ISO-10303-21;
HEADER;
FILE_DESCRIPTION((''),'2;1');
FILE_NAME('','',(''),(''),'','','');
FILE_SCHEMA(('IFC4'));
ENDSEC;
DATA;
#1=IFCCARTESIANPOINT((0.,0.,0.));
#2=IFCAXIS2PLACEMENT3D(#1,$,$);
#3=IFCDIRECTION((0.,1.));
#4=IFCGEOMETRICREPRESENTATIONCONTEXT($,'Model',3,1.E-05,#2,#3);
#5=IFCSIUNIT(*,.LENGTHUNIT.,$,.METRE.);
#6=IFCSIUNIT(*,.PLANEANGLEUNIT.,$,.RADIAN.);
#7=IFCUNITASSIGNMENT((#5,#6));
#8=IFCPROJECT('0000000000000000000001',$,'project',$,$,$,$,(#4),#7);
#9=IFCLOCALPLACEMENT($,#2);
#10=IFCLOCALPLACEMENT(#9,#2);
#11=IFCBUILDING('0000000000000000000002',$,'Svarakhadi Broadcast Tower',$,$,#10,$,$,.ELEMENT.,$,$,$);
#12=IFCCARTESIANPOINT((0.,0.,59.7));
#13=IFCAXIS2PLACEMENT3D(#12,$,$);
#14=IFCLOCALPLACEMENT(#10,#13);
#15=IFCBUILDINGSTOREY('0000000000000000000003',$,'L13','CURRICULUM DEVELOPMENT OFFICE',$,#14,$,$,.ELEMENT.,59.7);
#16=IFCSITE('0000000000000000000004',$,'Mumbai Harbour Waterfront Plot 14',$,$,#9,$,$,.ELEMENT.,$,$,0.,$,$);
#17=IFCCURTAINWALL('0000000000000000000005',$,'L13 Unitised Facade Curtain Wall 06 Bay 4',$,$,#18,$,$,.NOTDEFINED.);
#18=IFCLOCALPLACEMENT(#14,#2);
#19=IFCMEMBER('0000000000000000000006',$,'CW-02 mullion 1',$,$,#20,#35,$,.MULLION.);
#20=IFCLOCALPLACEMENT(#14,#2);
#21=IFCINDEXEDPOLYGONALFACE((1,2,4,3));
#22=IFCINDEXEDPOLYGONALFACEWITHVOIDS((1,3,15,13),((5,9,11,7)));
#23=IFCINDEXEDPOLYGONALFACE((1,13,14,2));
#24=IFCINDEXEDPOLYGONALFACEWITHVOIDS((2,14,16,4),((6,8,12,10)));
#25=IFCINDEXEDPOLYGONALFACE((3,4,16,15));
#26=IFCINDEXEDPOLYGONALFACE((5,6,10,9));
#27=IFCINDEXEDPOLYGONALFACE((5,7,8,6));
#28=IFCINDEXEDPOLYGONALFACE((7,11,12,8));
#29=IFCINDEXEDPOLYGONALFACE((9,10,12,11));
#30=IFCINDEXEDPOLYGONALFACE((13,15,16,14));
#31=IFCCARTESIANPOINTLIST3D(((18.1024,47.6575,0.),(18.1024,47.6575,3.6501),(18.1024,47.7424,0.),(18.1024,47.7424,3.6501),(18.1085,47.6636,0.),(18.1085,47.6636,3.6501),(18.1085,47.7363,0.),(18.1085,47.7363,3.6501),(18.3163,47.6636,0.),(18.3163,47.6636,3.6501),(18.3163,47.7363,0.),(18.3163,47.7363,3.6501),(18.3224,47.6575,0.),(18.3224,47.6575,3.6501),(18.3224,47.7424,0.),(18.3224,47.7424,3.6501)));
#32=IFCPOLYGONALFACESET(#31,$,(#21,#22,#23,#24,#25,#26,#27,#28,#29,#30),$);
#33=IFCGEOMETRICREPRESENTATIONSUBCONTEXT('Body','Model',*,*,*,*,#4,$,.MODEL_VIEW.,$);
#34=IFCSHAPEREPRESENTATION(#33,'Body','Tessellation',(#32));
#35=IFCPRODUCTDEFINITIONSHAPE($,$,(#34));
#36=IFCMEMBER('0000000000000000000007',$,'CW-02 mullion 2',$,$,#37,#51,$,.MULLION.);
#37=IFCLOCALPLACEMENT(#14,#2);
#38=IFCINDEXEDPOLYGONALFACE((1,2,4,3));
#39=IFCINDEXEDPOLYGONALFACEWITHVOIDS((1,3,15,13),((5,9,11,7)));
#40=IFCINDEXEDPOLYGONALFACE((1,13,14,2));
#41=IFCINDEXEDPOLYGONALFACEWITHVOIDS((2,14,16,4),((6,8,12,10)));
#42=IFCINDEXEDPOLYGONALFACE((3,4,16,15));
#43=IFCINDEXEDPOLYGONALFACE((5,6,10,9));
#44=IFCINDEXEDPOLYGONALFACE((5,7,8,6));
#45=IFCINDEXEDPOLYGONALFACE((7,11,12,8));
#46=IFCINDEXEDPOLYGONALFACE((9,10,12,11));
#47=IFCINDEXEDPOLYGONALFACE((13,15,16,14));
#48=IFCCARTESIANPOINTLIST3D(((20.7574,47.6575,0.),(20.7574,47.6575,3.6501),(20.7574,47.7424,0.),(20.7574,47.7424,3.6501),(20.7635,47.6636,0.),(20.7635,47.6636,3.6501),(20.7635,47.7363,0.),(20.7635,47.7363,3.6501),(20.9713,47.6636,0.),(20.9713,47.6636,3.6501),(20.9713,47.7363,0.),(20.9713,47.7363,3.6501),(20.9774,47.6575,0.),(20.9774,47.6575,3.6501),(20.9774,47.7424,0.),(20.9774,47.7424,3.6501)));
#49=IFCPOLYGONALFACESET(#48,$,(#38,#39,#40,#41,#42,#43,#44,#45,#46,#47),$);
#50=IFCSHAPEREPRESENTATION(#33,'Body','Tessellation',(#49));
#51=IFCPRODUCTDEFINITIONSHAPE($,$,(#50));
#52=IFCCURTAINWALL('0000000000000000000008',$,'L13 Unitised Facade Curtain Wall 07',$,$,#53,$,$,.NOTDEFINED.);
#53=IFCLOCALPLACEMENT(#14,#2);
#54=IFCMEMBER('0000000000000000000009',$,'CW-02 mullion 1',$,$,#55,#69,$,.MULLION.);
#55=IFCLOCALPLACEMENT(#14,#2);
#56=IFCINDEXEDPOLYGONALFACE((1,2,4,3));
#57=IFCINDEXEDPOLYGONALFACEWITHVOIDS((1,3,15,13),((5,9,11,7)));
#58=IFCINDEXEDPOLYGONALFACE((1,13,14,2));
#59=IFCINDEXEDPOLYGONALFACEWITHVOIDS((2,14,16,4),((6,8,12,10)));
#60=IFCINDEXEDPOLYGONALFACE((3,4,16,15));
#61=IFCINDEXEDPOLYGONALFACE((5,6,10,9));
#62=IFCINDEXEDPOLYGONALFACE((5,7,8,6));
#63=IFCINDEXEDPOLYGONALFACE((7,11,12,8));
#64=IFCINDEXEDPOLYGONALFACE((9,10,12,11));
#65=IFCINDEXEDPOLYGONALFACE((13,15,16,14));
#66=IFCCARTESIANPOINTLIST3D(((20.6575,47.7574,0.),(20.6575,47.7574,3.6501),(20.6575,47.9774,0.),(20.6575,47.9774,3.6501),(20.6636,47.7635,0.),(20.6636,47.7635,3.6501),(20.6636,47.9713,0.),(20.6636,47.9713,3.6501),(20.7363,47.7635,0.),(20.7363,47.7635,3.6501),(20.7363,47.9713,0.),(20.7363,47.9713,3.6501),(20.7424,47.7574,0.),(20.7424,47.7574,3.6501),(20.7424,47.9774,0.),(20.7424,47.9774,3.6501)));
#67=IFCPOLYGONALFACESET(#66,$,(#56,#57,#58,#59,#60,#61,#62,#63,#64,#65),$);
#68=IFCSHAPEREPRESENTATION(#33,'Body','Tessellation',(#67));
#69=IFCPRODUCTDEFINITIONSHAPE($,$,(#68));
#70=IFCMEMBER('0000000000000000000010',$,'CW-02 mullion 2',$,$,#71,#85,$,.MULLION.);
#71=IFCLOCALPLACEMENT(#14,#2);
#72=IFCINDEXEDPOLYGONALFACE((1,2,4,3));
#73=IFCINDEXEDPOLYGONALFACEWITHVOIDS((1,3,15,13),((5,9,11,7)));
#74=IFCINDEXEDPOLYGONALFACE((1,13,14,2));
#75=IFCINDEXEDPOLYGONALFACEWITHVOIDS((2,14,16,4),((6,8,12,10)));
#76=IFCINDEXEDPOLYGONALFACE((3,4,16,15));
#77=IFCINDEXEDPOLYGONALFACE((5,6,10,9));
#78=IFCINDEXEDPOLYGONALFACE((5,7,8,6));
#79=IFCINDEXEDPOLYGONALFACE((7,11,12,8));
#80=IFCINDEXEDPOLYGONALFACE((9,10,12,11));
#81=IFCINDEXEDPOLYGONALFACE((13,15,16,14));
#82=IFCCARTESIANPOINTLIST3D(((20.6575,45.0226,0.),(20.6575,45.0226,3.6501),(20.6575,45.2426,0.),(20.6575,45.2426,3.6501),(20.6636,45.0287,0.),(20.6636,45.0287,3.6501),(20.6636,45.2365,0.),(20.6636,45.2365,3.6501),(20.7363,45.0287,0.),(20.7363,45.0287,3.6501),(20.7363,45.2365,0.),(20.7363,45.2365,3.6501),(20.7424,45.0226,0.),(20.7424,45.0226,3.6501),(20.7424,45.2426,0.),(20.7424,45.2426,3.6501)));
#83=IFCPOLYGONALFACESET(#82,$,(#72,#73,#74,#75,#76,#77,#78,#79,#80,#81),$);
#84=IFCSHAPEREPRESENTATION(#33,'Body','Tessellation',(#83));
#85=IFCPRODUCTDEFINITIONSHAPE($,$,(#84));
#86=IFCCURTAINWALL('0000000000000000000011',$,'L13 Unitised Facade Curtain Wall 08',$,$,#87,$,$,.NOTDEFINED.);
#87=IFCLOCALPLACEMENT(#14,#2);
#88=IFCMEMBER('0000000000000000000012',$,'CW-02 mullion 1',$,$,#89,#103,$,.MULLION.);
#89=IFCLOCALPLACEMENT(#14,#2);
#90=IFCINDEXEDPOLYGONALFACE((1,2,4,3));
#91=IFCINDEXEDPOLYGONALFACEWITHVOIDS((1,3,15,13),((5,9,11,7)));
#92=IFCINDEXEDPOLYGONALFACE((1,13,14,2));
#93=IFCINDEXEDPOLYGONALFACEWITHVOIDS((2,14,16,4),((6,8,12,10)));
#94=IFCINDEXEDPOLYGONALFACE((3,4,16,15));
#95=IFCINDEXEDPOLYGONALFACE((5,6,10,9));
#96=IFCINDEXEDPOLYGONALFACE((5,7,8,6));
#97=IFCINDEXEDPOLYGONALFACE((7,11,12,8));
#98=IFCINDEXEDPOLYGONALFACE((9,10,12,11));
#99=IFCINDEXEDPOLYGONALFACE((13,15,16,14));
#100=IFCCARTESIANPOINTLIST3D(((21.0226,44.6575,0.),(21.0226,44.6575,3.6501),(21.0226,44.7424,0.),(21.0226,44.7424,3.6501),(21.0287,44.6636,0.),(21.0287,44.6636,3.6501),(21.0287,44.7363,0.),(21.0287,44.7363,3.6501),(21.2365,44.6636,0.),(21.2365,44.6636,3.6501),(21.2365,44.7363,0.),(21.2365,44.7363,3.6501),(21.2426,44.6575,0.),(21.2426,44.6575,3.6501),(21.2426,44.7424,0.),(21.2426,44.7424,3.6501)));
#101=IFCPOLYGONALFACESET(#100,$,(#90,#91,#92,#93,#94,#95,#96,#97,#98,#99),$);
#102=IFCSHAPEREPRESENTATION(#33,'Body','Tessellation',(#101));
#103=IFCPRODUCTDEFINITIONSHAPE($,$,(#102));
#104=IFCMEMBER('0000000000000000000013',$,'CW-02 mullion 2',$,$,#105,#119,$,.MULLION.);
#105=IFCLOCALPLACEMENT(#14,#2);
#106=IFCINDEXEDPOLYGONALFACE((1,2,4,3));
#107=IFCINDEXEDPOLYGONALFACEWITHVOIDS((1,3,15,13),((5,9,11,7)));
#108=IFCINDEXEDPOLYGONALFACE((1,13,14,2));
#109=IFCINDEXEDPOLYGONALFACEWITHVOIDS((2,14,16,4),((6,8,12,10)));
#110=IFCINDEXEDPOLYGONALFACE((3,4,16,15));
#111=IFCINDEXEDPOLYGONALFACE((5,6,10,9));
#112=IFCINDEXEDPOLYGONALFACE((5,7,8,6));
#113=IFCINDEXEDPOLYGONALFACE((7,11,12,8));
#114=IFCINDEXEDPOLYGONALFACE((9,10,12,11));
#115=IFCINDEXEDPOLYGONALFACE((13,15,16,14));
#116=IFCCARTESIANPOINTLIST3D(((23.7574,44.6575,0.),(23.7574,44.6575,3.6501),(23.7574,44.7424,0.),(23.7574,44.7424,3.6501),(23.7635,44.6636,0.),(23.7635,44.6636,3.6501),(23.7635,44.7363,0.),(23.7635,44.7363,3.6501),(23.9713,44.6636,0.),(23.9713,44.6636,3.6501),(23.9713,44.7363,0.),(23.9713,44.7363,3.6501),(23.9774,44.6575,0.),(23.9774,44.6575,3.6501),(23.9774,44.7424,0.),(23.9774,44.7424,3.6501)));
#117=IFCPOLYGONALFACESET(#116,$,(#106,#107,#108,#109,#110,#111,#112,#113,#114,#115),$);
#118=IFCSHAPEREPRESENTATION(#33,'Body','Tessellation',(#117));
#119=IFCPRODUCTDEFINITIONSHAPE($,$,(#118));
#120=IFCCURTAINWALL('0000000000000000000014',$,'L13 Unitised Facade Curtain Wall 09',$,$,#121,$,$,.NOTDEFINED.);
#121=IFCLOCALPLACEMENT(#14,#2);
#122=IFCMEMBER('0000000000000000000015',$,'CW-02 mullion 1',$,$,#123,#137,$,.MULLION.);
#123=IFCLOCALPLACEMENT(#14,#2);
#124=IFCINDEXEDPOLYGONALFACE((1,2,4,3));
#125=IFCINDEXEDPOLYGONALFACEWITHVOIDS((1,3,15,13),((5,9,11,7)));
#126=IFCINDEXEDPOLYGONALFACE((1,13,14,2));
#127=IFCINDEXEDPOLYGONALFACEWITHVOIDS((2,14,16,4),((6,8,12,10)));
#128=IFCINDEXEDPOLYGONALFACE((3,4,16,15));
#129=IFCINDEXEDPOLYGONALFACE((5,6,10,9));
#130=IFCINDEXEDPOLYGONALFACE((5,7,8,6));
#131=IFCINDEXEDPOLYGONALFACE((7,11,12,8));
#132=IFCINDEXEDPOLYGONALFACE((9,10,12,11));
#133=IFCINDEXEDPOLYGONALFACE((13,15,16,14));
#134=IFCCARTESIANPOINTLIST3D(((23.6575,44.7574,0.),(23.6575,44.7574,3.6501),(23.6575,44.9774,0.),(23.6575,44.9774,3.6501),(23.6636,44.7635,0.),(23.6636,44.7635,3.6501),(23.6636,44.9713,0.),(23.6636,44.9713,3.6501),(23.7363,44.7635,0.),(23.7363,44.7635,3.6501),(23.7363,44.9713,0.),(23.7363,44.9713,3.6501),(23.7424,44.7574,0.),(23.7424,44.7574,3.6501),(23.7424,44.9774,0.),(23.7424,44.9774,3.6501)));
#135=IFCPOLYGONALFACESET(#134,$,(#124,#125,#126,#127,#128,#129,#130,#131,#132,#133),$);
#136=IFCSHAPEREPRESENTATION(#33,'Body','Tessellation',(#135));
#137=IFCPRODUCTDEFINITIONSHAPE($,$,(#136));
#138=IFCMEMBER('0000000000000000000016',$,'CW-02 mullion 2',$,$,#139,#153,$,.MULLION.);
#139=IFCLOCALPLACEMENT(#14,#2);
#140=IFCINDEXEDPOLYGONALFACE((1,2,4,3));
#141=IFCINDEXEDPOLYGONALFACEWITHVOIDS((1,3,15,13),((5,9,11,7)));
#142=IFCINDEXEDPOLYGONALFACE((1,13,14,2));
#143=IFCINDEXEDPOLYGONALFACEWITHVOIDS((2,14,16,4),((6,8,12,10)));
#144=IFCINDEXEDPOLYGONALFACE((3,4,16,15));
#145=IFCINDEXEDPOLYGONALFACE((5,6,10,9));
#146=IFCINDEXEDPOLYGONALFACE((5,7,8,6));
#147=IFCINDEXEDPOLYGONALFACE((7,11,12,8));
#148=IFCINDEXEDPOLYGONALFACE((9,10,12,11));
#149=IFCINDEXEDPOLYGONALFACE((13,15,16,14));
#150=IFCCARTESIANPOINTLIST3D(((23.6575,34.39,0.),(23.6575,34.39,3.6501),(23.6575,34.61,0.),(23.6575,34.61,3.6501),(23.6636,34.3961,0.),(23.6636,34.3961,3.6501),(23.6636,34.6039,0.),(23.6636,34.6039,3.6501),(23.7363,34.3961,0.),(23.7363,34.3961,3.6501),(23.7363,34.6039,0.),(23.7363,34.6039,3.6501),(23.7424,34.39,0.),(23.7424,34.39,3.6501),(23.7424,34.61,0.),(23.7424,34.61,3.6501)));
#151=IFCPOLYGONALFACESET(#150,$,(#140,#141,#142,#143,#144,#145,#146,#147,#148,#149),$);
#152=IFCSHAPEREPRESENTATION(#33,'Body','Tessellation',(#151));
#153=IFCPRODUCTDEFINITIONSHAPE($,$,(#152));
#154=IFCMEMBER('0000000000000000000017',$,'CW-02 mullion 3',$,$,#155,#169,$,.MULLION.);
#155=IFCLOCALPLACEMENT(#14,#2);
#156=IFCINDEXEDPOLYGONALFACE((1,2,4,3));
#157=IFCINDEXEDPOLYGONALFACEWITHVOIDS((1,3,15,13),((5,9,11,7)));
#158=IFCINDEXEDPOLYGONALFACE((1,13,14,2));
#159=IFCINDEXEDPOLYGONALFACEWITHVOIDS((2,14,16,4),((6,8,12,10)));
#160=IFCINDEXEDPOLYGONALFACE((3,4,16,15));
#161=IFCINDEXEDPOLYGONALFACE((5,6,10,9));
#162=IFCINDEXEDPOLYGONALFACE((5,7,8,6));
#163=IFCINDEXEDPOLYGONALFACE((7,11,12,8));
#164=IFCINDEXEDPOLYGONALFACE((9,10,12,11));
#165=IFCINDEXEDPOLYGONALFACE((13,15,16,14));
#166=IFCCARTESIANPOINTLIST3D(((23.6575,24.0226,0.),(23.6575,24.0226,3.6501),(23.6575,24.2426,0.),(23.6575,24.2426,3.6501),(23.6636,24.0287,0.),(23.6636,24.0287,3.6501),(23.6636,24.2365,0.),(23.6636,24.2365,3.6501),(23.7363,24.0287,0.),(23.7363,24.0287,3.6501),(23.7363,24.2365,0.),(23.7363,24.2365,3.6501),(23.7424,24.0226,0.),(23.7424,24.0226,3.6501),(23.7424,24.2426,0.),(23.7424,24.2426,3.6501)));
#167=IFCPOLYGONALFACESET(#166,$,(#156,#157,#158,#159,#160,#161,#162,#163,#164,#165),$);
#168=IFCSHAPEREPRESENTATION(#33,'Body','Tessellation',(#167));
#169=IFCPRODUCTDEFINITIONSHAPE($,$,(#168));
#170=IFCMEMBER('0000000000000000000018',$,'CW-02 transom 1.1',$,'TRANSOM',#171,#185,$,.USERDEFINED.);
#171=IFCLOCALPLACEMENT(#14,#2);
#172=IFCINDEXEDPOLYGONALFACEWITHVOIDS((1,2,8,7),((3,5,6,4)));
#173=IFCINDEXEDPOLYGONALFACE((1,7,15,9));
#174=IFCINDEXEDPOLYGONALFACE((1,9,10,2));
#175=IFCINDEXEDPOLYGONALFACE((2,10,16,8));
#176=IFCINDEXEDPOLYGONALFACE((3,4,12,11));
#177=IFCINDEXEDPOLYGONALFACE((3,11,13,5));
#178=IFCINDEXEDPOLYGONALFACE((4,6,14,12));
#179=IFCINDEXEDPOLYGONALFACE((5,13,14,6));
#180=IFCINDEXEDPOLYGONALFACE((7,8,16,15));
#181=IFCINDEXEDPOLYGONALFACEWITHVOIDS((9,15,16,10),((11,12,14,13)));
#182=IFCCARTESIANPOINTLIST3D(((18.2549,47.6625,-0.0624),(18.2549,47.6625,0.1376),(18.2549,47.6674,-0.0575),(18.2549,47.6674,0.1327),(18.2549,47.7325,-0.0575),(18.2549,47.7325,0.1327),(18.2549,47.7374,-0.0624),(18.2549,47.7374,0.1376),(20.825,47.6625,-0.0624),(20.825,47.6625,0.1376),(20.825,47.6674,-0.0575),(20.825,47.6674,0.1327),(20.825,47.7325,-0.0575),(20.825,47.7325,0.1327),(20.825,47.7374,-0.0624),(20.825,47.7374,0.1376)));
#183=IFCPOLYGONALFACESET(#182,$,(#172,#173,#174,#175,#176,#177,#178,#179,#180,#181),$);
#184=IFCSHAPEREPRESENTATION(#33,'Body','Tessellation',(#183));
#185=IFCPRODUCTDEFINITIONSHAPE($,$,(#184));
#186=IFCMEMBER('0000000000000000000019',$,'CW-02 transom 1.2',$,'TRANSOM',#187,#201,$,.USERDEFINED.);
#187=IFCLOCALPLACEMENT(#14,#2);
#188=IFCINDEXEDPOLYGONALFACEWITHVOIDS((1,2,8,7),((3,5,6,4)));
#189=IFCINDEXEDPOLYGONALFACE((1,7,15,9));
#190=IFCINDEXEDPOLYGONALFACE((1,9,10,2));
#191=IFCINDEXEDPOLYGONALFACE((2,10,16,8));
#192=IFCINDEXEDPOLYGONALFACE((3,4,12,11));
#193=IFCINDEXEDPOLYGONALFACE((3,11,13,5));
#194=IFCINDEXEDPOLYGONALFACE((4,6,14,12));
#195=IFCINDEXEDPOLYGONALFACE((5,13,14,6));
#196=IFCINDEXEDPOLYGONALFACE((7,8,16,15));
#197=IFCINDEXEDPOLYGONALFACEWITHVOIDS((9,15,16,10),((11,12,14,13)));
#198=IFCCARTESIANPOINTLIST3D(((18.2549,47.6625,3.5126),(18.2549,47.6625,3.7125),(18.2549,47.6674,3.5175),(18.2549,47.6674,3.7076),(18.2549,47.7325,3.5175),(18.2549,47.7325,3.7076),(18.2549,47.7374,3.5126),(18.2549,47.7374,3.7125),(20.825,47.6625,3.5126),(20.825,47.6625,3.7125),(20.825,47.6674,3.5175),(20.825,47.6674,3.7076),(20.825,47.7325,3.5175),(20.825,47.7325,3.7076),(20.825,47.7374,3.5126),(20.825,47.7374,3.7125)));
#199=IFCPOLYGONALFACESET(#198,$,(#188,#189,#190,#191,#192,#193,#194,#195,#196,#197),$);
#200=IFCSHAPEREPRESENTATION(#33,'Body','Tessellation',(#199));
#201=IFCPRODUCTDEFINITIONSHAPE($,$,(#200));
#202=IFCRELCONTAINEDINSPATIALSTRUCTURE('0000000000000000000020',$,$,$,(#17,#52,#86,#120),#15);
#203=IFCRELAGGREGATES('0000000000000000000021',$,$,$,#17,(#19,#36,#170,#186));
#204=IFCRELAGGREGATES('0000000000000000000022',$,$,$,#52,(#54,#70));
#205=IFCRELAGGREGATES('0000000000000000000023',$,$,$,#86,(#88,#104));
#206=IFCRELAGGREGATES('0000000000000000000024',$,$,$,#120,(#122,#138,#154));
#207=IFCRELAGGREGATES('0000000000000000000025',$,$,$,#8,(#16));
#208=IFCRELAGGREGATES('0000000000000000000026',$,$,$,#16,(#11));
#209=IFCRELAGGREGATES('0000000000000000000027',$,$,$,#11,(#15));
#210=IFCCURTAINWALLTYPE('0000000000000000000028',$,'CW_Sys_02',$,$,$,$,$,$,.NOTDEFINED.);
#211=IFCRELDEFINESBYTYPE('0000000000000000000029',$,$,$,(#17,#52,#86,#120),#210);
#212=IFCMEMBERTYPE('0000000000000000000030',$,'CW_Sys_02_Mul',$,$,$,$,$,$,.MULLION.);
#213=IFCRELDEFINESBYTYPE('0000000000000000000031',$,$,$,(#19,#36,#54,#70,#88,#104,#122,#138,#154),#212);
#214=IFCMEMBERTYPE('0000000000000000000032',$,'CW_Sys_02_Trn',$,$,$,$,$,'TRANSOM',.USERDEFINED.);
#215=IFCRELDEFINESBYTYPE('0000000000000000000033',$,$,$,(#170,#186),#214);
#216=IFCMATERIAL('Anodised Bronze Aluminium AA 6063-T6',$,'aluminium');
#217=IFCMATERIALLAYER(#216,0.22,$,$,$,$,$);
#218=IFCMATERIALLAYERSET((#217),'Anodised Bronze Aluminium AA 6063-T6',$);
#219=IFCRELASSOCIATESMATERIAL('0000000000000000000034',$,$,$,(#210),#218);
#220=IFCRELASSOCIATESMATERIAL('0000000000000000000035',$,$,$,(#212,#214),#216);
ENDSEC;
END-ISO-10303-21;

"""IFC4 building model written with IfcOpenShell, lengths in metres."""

from ifc_helpers import new_model, si_unit, direction, frame, origin, origin_2d, place, context, subcontext, project, spatial, hollow_rectangle, extrude, material, layer, layer_set, material_profile, profile_set, type_object, element, aggregate, save


model = new_model("IFC4")

# Units and contexts
model_context = context("Model", 3, precision=1e-05, world=origin(), true_north=direction((0.0, 1.0)))
body_context = subcontext(model_context, "Body", "Model", "MODEL_VIEW")
ifc_project = project(units=[si_unit("LENGTHUNIT", "METRE"), si_unit("PLANEANGLEUNIT", "RADIAN")], contexts=[model_context])

# Site, building, storey
site_placement = place(None, origin())
site = spatial("IfcSite", under=ifc_project, at=site_placement, Name="Mumbai Harbour Waterfront Plot 14", CompositionType="ELEMENT", RefElevation=0.0)
building_placement = place(site_placement, origin())
building = spatial("IfcBuilding", under=site, at=building_placement, Name="Svarakhadi Broadcast Tower", CompositionType="ELEMENT")
storey_placement = place(building_placement, frame((0.0, 0.0, 59.7)))
storey = spatial("IfcBuildingStorey", under=building, at=storey_placement, Name="L13", Description="CURRICULUM DEVELOPMENT OFFICE", CompositionType="ELEMENT", Elevation=59.7)

# Curtain walls, members
ifc_material_1 = material(Name="Anodised Bronze Aluminium AA 6063-T6", Category="aluminium")
ifc_layer_1 = layer(ifc_material_1, 0.22)
ifc_layer_set_1 = layer_set([ifc_layer_1], Name="Anodised Bronze Aluminium AA 6063-T6")
curtain_wall_type = type_object("IfcCurtainWallType", Name="CW_Sys_02", PredefinedType="NOTDEFINED", material=ifc_layer_set_1)
curtain_wall_1_placement = place(storey_placement, origin())
curtain_wall_1 = element("IfcCurtainWall", 1, at=curtain_wall_1_placement, inside=storey, type_object=curtain_wall_type, Name="L13 Unitised Facade Curtain Wall 06 Bay 4", PredefinedType="NOTDEFINED")
ifc_material_profile_1 = material_profile(ifc_material_1, hollow_rectangle(XDim=0.085, YDim=0.22, WallThickness=0.0061, at=origin_2d()), Name="ALU MULLION 220x85x6")
ifc_profile_set_1 = profile_set([ifc_material_profile_1], Name="Anodised Bronze Aluminium AA 6063-T6")
member_type_1 = type_object("IfcMemberType", Name="CW_Sys_02_Mul", PredefinedType="MULLION", material=ifc_profile_set_1)
member_1_placement = place(storey_placement, frame((18.2124, 47.7, 0.0), z_axis=(0.0, 0.0, 1.0), x_axis=(0.0, 1.0, 0.0)))
member_1 = element("IfcMember", 2, at=member_1_placement, type_object=member_type_1, Name="CW-02 mullion 1", PredefinedType="MULLION", context=body_context, shape_type="SweptSolid", body=[
    extrude(hollow_rectangle(XDim=0.085, YDim=0.22, WallThickness=0.0061, at=origin_2d()), origin(), (0.0, 0.0, 1.0), 3.6501),
])
member_2_placement = place(storey_placement, frame((20.8674, 47.7, 0.0), z_axis=(0.0, 0.0, 1.0), x_axis=(0.0, 1.0, 0.0)))
member_2 = element("IfcMember", 3, at=member_2_placement, type_object=member_type_1, Name="CW-02 mullion 2", PredefinedType="MULLION", context=body_context, shape_type="SweptSolid", body=[
    extrude(hollow_rectangle(XDim=0.085, YDim=0.22, WallThickness=0.0061, at=origin_2d()), origin(), (0.0, 0.0, 1.0), 3.6501),
])
curtain_wall_2_placement = place(storey_placement, origin())
curtain_wall_2 = element("IfcCurtainWall", 4, at=curtain_wall_2_placement, inside=storey, type_object=curtain_wall_type, Name="L13 Unitised Facade Curtain Wall 07", PredefinedType="NOTDEFINED")
member_3_placement = place(storey_placement, frame((20.7, 47.8674, 0.0), z_axis=(0.0, 0.0, 1.0), x_axis=(1.0, 0.0, 0.0)))
member_3 = element("IfcMember", 5, at=member_3_placement, type_object=member_type_1, Name="CW-02 mullion 1", PredefinedType="MULLION", context=body_context, shape_type="SweptSolid", body=[
    extrude(hollow_rectangle(XDim=0.085, YDim=0.22, WallThickness=0.0061, at=origin_2d()), origin(), (0.0, 0.0, 1.0), 3.6501),
])
member_4_placement = place(storey_placement, frame((20.7, 45.1326, 0.0), z_axis=(0.0, 0.0, 1.0), x_axis=(1.0, 0.0, 0.0)))
member_4 = element("IfcMember", 6, at=member_4_placement, type_object=member_type_1, Name="CW-02 mullion 2", PredefinedType="MULLION", context=body_context, shape_type="SweptSolid", body=[
    extrude(hollow_rectangle(XDim=0.085, YDim=0.22, WallThickness=0.0061, at=origin_2d()), origin(), (0.0, 0.0, 1.0), 3.6501),
])
curtain_wall_3_placement = place(storey_placement, origin())
curtain_wall_3 = element("IfcCurtainWall", 7, at=curtain_wall_3_placement, inside=storey, type_object=curtain_wall_type, Name="L13 Unitised Facade Curtain Wall 08", PredefinedType="NOTDEFINED")
member_5_placement = place(storey_placement, frame((21.1326, 44.7, 0.0), z_axis=(0.0, 0.0, 1.0), x_axis=(0.0, 1.0, 0.0)))
member_5 = element("IfcMember", 8, at=member_5_placement, type_object=member_type_1, Name="CW-02 mullion 1", PredefinedType="MULLION", context=body_context, shape_type="SweptSolid", body=[
    extrude(hollow_rectangle(XDim=0.085, YDim=0.22, WallThickness=0.0061, at=origin_2d()), origin(), (0.0, 0.0, 1.0), 3.6501),
])
member_6_placement = place(storey_placement, frame((23.8674, 44.7, 0.0), z_axis=(0.0, 0.0, 1.0), x_axis=(0.0, 1.0, 0.0)))
member_6 = element("IfcMember", 9, at=member_6_placement, type_object=member_type_1, Name="CW-02 mullion 2", PredefinedType="MULLION", context=body_context, shape_type="SweptSolid", body=[
    extrude(hollow_rectangle(XDim=0.085, YDim=0.22, WallThickness=0.0061, at=origin_2d()), origin(), (0.0, 0.0, 1.0), 3.6501),
])
curtain_wall_4_placement = place(storey_placement, origin())
curtain_wall_4 = element("IfcCurtainWall", 10, at=curtain_wall_4_placement, inside=storey, type_object=curtain_wall_type, Name="L13 Unitised Facade Curtain Wall 09", PredefinedType="NOTDEFINED")
member_7_placement = place(storey_placement, frame((23.7, 44.8674, 0.0), z_axis=(0.0, 0.0, 1.0), x_axis=(1.0, 0.0, 0.0)))
member_7 = element("IfcMember", 11, at=member_7_placement, type_object=member_type_1, Name="CW-02 mullion 1", PredefinedType="MULLION", context=body_context, shape_type="SweptSolid", body=[
    extrude(hollow_rectangle(XDim=0.085, YDim=0.22, WallThickness=0.0061, at=origin_2d()), origin(), (0.0, 0.0, 1.0), 3.6501),
])
member_8_placement = place(storey_placement, frame((23.7, 34.5, 0.0), z_axis=(0.0, 0.0, 1.0), x_axis=(1.0, 0.0, 0.0)))
member_8 = element("IfcMember", 12, at=member_8_placement, type_object=member_type_1, Name="CW-02 mullion 2", PredefinedType="MULLION", context=body_context, shape_type="SweptSolid", body=[
    extrude(hollow_rectangle(XDim=0.085, YDim=0.22, WallThickness=0.0061, at=origin_2d()), origin(), (0.0, 0.0, 1.0), 3.6501),
])
member_9_placement = place(storey_placement, frame((23.7, 24.1326, 0.0), z_axis=(0.0, 0.0, 1.0), x_axis=(1.0, 0.0, 0.0)))
member_9 = element("IfcMember", 13, at=member_9_placement, type_object=member_type_1, Name="CW-02 mullion 3", PredefinedType="MULLION", context=body_context, shape_type="SweptSolid", body=[
    extrude(hollow_rectangle(XDim=0.085, YDim=0.22, WallThickness=0.0061, at=origin_2d()), origin(), (0.0, 0.0, 1.0), 3.6501),
])

# Members
ifc_material_profile_2 = material_profile(ifc_material_1, hollow_rectangle(XDim=0.075, YDim=0.2, WallThickness=0.0049, at=origin_2d()), Name="ALU TRANSOM 200x75x5")
ifc_profile_set_2 = profile_set([ifc_material_profile_2], Name="Anodised Bronze Aluminium AA 6063-T6")
member_type_2 = type_object("IfcMemberType", Name="CW_Sys_02_Trn", ElementType="TRANSOM", PredefinedType="USERDEFINED", material=ifc_profile_set_2)
member_10_placement = place(storey_placement, frame((18.2549, 47.7, 0.0376), z_axis=(1.0, 0.0, 0.0), x_axis=(0.0, 1.0, 0.0)))
member_10 = element("IfcMember", 14, at=member_10_placement, type_object=member_type_2, Name="CW-02 transom 1.1", ObjectType="TRANSOM", PredefinedType="USERDEFINED", context=body_context, shape_type="SweptSolid", body=[
    extrude(hollow_rectangle(XDim=0.075, YDim=0.2, WallThickness=0.0049, at=origin_2d()), origin(), (0.0, 0.0, 1.0), 2.5701),
])
member_11_placement = place(storey_placement, frame((18.2549, 47.7, 3.6125), z_axis=(1.0, 0.0, 0.0), x_axis=(0.0, 1.0, 0.0)))
member_11 = element("IfcMember", 15, at=member_11_placement, type_object=member_type_2, Name="CW-02 transom 1.2", ObjectType="TRANSOM", PredefinedType="USERDEFINED", context=body_context, shape_type="SweptSolid", body=[
    extrude(hollow_rectangle(XDim=0.075, YDim=0.2, WallThickness=0.0049, at=origin_2d()), origin(), (0.0, 0.0, 1.0), 2.5701),
])

aggregate(curtain_wall_1, [member_1, member_2, member_10, member_11])
aggregate(curtain_wall_2, [member_3, member_4])
aggregate(curtain_wall_3, [member_5, member_6])
aggregate(curtain_wall_4, [member_7, member_8, member_9])

save(model, "model.ifc")
